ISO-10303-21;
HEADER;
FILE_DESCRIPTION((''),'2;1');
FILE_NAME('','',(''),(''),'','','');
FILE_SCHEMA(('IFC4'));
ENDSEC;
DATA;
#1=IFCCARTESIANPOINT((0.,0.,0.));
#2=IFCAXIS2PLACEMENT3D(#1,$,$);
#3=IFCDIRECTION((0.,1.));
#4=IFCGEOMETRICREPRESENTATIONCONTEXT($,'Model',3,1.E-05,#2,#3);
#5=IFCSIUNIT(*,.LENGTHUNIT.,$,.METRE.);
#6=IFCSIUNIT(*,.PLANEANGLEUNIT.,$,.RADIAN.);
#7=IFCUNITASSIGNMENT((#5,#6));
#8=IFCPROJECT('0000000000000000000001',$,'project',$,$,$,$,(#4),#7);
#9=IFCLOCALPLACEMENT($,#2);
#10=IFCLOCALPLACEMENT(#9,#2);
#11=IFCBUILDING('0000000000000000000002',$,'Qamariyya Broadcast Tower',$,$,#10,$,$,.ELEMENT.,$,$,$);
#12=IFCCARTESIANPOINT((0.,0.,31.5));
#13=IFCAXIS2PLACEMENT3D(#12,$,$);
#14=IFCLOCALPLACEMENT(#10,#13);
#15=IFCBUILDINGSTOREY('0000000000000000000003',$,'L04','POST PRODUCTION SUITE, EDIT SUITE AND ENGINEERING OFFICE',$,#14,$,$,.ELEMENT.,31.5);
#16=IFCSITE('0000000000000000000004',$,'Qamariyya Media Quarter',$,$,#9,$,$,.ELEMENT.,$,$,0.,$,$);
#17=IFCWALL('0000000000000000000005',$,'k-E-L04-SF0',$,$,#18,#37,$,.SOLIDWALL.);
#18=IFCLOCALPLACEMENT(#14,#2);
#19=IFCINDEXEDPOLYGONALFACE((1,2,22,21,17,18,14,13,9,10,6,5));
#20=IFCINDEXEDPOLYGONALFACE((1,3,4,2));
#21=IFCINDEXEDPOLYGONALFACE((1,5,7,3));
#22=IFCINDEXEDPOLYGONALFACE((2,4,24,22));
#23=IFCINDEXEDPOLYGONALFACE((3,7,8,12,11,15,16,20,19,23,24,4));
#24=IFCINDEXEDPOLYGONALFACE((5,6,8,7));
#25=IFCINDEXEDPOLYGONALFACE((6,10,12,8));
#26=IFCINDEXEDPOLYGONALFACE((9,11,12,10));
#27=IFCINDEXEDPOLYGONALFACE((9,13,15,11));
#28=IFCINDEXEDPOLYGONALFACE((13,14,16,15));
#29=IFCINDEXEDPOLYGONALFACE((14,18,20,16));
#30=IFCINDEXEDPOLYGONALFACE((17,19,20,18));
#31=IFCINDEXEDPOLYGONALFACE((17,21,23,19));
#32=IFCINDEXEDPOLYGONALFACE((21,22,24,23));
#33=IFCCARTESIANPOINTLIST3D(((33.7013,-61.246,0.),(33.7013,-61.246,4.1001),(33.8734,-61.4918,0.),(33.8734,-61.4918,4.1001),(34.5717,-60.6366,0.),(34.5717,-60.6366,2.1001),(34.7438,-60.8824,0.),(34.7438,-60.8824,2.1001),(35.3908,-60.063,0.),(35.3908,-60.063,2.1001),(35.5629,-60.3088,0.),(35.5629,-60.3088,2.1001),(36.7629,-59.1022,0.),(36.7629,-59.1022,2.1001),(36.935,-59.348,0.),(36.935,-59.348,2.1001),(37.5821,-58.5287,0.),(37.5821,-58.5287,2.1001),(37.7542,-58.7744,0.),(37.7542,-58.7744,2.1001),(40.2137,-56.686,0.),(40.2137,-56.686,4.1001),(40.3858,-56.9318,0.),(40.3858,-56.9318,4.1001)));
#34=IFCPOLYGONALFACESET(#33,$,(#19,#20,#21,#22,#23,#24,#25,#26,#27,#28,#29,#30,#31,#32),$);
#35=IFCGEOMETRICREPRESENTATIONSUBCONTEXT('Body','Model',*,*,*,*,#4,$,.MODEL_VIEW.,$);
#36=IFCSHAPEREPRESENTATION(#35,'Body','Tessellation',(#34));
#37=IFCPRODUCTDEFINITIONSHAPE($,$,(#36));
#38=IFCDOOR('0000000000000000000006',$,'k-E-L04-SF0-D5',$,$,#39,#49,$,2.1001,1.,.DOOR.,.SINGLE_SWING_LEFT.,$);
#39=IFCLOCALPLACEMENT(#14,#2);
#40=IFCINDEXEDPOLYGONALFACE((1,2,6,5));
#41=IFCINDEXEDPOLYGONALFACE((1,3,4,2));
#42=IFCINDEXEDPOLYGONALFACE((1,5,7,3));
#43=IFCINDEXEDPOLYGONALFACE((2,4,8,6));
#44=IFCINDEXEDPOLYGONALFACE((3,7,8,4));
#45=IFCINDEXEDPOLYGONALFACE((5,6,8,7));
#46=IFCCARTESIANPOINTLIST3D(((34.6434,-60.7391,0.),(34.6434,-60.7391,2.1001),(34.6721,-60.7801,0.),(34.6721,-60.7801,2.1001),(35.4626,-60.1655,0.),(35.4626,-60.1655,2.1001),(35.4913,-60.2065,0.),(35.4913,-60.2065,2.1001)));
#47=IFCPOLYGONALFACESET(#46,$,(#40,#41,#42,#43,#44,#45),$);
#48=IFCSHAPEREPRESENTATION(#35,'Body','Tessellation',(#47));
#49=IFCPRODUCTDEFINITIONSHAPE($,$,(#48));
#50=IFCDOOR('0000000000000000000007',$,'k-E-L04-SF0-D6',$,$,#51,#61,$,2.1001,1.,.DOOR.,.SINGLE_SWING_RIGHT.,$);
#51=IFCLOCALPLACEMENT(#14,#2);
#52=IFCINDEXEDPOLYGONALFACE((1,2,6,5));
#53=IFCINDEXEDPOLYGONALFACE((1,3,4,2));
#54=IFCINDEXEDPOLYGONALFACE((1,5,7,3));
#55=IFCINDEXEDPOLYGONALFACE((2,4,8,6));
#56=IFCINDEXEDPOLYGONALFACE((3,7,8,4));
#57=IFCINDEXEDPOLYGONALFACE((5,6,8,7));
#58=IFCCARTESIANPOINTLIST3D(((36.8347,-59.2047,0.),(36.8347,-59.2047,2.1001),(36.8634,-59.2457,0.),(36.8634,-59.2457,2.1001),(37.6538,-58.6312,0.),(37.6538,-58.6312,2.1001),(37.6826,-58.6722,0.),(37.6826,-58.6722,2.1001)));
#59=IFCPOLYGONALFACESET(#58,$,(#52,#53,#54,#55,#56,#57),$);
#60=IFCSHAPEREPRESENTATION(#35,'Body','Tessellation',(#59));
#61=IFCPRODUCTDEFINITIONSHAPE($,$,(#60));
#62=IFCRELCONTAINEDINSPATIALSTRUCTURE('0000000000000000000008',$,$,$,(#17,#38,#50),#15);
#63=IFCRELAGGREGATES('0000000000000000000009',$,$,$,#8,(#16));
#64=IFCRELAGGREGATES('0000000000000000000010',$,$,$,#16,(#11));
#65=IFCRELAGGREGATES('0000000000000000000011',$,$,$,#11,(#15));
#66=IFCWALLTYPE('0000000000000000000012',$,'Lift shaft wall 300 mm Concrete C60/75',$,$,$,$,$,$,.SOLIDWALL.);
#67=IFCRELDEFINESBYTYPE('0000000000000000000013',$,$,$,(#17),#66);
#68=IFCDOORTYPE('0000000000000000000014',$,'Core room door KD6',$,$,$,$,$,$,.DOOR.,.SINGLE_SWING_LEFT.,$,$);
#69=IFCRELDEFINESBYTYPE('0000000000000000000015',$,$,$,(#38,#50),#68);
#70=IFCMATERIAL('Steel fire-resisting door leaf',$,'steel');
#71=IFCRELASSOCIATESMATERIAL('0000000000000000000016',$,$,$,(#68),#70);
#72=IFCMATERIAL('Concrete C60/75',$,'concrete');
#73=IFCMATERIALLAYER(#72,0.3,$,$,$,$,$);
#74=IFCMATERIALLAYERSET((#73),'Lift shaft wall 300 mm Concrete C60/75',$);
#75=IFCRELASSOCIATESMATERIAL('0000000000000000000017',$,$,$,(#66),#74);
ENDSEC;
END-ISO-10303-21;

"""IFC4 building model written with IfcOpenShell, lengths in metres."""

from ifc_helpers import new_model, si_unit, direction, frame, frame_2d, origin, place, context, subcontext, project, spatial, rectangle, extrude, material, layer, layer_set, type_object, element, fill, save


model = new_model("IFC4")

# Units and contexts
model_context = context("Model", 3, precision=1e-05, world=origin(), true_north=direction((0.0, 1.0)))
body_context = subcontext(model_context, "Body", "Model", "MODEL_VIEW")
ifc_project = project(units=[si_unit("LENGTHUNIT", "METRE"), si_unit("PLANEANGLEUNIT", "RADIAN")], contexts=[model_context])

# Site, building, storey
site_placement = place(None, origin())
site = spatial("IfcSite", under=ifc_project, at=site_placement, Name="Qamariyya Media Quarter", CompositionType="ELEMENT", RefElevation=0.0)
building_placement = place(site_placement, origin())
building = spatial("IfcBuilding", under=site, at=building_placement, Name="Qamariyya Broadcast Tower", CompositionType="ELEMENT")
storey_placement = place(building_placement, frame((0.0, 0.0, 31.5)))
storey = spatial("IfcBuildingStorey", under=building, at=storey_placement, Name="L04", Description="POST PRODUCTION SUITE, EDIT SUITE AND ENGINEERING OFFICE", CompositionType="ELEMENT", Elevation=31.5)

# Shared definitions
ifc_material_1 = material(Name="Steel fire-resisting door leaf", Category="steel")
door_type_1 = type_object("IfcDoorType", Name="Core room door KD6", OperationType="SINGLE_SWING_LEFT", PredefinedType="DOOR", material=ifc_material_1)

# Shared definitions
ifc_material_2 = material(Name="Concrete C60/75", Category="concrete")
ifc_layer_1 = layer(ifc_material_2, 0.3)
ifc_layer_set_1 = layer_set([ifc_layer_1], Name="Lift shaft wall 300 mm Concrete C60/75")
wall_type_1 = type_object("IfcWallType", Name="Lift shaft wall 300 mm Concrete C60/75", PredefinedType="SOLIDWALL", material=ifc_layer_set_1)

# Wall, openings, doors
wall_1_placement = place(storey_placement, frame((33.7874, -61.3689, 0.0), z_axis=(0.0, 0.0, 1.0), x_axis=(0.819153, 0.573576, 0.0)))
wall_1 = element("IfcWall", 1, at=wall_1_placement, inside=storey, type_object=wall_type_1, Name="k-E-L04-SF0", PredefinedType="SOLIDWALL", context=body_context, shape_type="SweptSolid", body=[
    extrude(rectangle(XDim=7.9502, YDim=0.3, at=frame_2d((3.9751, 0.0))), origin(), (0.0, 0.0, 1.0), 4.1001),
])
opening_1_placement = place(wall_1_placement, frame((1.0625, 0.0, 0.0)))
opening_1 = element("IfcOpeningElement", 2, at=opening_1_placement, cuts=wall_1, PredefinedType="OPENING", context=body_context, shape_type="SweptSolid", body=[
    extrude(rectangle(XDim=1.0, YDim=2.1001, at=frame_2d((0.5, 1.05))), frame((0.0, 0.1599, 0.0), z_axis=(0.0, -1.0, 0.0), x_axis=(1.0, 0.0, 0.0)), (0.0, 0.0, 1.0), 0.3201),
])
opening_2_placement = place(wall_1_placement, frame((3.7375, 0.0, 0.0)))
opening_2 = element("IfcOpeningElement", 3, at=opening_2_placement, cuts=wall_1, PredefinedType="OPENING", context=body_context, shape_type="SweptSolid", body=[
    extrude(rectangle(XDim=1.0, YDim=2.1001, at=frame_2d((0.5, 1.05))), frame((0.0, 0.1599, 0.0), z_axis=(0.0, -1.0, 0.0), x_axis=(1.0, 0.0, 0.0)), (0.0, 0.0, 1.0), 0.3201),
])
door_1_placement = place(opening_1_placement, origin())
door_1 = element("IfcDoor", 4, at=door_1_placement, inside=storey, type_object=door_type_1, Name="k-E-L04-SF0-D5", OperationType="SINGLE_SWING_LEFT", OverallHeight=2.1001, OverallWidth=1.0, PredefinedType="DOOR", context=body_context, shape_type="SweptSolid", body=[
    extrude(rectangle(XDim=1.0, YDim=2.1001, at=frame_2d((0.5, 1.05))), frame((0.0, 0.0249, 0.0), z_axis=(0.0, -1.0, 0.0), x_axis=(1.0, 0.0, 0.0)), (0.0, 0.0, 1.0), 0.05),
])
fill(opening_1, door_1)
door_2_placement = place(opening_2_placement, origin())
door_2 = element("IfcDoor", 5, at=door_2_placement, inside=storey, type_object=door_type_1, Name="k-E-L04-SF0-D6", OperationType="SINGLE_SWING_RIGHT", OverallHeight=2.1001, OverallWidth=1.0, PredefinedType="DOOR", context=body_context, shape_type="SweptSolid", body=[
    extrude(rectangle(XDim=1.0, YDim=2.1001, at=frame_2d((0.5, 1.05))), frame((0.0, 0.0249, 0.0), z_axis=(0.0, -1.0, 0.0), x_axis=(1.0, 0.0, 0.0)), (0.0, 0.0, 1.0), 0.05),
])
fill(opening_2, door_2)

save(model, "model.ifc")
